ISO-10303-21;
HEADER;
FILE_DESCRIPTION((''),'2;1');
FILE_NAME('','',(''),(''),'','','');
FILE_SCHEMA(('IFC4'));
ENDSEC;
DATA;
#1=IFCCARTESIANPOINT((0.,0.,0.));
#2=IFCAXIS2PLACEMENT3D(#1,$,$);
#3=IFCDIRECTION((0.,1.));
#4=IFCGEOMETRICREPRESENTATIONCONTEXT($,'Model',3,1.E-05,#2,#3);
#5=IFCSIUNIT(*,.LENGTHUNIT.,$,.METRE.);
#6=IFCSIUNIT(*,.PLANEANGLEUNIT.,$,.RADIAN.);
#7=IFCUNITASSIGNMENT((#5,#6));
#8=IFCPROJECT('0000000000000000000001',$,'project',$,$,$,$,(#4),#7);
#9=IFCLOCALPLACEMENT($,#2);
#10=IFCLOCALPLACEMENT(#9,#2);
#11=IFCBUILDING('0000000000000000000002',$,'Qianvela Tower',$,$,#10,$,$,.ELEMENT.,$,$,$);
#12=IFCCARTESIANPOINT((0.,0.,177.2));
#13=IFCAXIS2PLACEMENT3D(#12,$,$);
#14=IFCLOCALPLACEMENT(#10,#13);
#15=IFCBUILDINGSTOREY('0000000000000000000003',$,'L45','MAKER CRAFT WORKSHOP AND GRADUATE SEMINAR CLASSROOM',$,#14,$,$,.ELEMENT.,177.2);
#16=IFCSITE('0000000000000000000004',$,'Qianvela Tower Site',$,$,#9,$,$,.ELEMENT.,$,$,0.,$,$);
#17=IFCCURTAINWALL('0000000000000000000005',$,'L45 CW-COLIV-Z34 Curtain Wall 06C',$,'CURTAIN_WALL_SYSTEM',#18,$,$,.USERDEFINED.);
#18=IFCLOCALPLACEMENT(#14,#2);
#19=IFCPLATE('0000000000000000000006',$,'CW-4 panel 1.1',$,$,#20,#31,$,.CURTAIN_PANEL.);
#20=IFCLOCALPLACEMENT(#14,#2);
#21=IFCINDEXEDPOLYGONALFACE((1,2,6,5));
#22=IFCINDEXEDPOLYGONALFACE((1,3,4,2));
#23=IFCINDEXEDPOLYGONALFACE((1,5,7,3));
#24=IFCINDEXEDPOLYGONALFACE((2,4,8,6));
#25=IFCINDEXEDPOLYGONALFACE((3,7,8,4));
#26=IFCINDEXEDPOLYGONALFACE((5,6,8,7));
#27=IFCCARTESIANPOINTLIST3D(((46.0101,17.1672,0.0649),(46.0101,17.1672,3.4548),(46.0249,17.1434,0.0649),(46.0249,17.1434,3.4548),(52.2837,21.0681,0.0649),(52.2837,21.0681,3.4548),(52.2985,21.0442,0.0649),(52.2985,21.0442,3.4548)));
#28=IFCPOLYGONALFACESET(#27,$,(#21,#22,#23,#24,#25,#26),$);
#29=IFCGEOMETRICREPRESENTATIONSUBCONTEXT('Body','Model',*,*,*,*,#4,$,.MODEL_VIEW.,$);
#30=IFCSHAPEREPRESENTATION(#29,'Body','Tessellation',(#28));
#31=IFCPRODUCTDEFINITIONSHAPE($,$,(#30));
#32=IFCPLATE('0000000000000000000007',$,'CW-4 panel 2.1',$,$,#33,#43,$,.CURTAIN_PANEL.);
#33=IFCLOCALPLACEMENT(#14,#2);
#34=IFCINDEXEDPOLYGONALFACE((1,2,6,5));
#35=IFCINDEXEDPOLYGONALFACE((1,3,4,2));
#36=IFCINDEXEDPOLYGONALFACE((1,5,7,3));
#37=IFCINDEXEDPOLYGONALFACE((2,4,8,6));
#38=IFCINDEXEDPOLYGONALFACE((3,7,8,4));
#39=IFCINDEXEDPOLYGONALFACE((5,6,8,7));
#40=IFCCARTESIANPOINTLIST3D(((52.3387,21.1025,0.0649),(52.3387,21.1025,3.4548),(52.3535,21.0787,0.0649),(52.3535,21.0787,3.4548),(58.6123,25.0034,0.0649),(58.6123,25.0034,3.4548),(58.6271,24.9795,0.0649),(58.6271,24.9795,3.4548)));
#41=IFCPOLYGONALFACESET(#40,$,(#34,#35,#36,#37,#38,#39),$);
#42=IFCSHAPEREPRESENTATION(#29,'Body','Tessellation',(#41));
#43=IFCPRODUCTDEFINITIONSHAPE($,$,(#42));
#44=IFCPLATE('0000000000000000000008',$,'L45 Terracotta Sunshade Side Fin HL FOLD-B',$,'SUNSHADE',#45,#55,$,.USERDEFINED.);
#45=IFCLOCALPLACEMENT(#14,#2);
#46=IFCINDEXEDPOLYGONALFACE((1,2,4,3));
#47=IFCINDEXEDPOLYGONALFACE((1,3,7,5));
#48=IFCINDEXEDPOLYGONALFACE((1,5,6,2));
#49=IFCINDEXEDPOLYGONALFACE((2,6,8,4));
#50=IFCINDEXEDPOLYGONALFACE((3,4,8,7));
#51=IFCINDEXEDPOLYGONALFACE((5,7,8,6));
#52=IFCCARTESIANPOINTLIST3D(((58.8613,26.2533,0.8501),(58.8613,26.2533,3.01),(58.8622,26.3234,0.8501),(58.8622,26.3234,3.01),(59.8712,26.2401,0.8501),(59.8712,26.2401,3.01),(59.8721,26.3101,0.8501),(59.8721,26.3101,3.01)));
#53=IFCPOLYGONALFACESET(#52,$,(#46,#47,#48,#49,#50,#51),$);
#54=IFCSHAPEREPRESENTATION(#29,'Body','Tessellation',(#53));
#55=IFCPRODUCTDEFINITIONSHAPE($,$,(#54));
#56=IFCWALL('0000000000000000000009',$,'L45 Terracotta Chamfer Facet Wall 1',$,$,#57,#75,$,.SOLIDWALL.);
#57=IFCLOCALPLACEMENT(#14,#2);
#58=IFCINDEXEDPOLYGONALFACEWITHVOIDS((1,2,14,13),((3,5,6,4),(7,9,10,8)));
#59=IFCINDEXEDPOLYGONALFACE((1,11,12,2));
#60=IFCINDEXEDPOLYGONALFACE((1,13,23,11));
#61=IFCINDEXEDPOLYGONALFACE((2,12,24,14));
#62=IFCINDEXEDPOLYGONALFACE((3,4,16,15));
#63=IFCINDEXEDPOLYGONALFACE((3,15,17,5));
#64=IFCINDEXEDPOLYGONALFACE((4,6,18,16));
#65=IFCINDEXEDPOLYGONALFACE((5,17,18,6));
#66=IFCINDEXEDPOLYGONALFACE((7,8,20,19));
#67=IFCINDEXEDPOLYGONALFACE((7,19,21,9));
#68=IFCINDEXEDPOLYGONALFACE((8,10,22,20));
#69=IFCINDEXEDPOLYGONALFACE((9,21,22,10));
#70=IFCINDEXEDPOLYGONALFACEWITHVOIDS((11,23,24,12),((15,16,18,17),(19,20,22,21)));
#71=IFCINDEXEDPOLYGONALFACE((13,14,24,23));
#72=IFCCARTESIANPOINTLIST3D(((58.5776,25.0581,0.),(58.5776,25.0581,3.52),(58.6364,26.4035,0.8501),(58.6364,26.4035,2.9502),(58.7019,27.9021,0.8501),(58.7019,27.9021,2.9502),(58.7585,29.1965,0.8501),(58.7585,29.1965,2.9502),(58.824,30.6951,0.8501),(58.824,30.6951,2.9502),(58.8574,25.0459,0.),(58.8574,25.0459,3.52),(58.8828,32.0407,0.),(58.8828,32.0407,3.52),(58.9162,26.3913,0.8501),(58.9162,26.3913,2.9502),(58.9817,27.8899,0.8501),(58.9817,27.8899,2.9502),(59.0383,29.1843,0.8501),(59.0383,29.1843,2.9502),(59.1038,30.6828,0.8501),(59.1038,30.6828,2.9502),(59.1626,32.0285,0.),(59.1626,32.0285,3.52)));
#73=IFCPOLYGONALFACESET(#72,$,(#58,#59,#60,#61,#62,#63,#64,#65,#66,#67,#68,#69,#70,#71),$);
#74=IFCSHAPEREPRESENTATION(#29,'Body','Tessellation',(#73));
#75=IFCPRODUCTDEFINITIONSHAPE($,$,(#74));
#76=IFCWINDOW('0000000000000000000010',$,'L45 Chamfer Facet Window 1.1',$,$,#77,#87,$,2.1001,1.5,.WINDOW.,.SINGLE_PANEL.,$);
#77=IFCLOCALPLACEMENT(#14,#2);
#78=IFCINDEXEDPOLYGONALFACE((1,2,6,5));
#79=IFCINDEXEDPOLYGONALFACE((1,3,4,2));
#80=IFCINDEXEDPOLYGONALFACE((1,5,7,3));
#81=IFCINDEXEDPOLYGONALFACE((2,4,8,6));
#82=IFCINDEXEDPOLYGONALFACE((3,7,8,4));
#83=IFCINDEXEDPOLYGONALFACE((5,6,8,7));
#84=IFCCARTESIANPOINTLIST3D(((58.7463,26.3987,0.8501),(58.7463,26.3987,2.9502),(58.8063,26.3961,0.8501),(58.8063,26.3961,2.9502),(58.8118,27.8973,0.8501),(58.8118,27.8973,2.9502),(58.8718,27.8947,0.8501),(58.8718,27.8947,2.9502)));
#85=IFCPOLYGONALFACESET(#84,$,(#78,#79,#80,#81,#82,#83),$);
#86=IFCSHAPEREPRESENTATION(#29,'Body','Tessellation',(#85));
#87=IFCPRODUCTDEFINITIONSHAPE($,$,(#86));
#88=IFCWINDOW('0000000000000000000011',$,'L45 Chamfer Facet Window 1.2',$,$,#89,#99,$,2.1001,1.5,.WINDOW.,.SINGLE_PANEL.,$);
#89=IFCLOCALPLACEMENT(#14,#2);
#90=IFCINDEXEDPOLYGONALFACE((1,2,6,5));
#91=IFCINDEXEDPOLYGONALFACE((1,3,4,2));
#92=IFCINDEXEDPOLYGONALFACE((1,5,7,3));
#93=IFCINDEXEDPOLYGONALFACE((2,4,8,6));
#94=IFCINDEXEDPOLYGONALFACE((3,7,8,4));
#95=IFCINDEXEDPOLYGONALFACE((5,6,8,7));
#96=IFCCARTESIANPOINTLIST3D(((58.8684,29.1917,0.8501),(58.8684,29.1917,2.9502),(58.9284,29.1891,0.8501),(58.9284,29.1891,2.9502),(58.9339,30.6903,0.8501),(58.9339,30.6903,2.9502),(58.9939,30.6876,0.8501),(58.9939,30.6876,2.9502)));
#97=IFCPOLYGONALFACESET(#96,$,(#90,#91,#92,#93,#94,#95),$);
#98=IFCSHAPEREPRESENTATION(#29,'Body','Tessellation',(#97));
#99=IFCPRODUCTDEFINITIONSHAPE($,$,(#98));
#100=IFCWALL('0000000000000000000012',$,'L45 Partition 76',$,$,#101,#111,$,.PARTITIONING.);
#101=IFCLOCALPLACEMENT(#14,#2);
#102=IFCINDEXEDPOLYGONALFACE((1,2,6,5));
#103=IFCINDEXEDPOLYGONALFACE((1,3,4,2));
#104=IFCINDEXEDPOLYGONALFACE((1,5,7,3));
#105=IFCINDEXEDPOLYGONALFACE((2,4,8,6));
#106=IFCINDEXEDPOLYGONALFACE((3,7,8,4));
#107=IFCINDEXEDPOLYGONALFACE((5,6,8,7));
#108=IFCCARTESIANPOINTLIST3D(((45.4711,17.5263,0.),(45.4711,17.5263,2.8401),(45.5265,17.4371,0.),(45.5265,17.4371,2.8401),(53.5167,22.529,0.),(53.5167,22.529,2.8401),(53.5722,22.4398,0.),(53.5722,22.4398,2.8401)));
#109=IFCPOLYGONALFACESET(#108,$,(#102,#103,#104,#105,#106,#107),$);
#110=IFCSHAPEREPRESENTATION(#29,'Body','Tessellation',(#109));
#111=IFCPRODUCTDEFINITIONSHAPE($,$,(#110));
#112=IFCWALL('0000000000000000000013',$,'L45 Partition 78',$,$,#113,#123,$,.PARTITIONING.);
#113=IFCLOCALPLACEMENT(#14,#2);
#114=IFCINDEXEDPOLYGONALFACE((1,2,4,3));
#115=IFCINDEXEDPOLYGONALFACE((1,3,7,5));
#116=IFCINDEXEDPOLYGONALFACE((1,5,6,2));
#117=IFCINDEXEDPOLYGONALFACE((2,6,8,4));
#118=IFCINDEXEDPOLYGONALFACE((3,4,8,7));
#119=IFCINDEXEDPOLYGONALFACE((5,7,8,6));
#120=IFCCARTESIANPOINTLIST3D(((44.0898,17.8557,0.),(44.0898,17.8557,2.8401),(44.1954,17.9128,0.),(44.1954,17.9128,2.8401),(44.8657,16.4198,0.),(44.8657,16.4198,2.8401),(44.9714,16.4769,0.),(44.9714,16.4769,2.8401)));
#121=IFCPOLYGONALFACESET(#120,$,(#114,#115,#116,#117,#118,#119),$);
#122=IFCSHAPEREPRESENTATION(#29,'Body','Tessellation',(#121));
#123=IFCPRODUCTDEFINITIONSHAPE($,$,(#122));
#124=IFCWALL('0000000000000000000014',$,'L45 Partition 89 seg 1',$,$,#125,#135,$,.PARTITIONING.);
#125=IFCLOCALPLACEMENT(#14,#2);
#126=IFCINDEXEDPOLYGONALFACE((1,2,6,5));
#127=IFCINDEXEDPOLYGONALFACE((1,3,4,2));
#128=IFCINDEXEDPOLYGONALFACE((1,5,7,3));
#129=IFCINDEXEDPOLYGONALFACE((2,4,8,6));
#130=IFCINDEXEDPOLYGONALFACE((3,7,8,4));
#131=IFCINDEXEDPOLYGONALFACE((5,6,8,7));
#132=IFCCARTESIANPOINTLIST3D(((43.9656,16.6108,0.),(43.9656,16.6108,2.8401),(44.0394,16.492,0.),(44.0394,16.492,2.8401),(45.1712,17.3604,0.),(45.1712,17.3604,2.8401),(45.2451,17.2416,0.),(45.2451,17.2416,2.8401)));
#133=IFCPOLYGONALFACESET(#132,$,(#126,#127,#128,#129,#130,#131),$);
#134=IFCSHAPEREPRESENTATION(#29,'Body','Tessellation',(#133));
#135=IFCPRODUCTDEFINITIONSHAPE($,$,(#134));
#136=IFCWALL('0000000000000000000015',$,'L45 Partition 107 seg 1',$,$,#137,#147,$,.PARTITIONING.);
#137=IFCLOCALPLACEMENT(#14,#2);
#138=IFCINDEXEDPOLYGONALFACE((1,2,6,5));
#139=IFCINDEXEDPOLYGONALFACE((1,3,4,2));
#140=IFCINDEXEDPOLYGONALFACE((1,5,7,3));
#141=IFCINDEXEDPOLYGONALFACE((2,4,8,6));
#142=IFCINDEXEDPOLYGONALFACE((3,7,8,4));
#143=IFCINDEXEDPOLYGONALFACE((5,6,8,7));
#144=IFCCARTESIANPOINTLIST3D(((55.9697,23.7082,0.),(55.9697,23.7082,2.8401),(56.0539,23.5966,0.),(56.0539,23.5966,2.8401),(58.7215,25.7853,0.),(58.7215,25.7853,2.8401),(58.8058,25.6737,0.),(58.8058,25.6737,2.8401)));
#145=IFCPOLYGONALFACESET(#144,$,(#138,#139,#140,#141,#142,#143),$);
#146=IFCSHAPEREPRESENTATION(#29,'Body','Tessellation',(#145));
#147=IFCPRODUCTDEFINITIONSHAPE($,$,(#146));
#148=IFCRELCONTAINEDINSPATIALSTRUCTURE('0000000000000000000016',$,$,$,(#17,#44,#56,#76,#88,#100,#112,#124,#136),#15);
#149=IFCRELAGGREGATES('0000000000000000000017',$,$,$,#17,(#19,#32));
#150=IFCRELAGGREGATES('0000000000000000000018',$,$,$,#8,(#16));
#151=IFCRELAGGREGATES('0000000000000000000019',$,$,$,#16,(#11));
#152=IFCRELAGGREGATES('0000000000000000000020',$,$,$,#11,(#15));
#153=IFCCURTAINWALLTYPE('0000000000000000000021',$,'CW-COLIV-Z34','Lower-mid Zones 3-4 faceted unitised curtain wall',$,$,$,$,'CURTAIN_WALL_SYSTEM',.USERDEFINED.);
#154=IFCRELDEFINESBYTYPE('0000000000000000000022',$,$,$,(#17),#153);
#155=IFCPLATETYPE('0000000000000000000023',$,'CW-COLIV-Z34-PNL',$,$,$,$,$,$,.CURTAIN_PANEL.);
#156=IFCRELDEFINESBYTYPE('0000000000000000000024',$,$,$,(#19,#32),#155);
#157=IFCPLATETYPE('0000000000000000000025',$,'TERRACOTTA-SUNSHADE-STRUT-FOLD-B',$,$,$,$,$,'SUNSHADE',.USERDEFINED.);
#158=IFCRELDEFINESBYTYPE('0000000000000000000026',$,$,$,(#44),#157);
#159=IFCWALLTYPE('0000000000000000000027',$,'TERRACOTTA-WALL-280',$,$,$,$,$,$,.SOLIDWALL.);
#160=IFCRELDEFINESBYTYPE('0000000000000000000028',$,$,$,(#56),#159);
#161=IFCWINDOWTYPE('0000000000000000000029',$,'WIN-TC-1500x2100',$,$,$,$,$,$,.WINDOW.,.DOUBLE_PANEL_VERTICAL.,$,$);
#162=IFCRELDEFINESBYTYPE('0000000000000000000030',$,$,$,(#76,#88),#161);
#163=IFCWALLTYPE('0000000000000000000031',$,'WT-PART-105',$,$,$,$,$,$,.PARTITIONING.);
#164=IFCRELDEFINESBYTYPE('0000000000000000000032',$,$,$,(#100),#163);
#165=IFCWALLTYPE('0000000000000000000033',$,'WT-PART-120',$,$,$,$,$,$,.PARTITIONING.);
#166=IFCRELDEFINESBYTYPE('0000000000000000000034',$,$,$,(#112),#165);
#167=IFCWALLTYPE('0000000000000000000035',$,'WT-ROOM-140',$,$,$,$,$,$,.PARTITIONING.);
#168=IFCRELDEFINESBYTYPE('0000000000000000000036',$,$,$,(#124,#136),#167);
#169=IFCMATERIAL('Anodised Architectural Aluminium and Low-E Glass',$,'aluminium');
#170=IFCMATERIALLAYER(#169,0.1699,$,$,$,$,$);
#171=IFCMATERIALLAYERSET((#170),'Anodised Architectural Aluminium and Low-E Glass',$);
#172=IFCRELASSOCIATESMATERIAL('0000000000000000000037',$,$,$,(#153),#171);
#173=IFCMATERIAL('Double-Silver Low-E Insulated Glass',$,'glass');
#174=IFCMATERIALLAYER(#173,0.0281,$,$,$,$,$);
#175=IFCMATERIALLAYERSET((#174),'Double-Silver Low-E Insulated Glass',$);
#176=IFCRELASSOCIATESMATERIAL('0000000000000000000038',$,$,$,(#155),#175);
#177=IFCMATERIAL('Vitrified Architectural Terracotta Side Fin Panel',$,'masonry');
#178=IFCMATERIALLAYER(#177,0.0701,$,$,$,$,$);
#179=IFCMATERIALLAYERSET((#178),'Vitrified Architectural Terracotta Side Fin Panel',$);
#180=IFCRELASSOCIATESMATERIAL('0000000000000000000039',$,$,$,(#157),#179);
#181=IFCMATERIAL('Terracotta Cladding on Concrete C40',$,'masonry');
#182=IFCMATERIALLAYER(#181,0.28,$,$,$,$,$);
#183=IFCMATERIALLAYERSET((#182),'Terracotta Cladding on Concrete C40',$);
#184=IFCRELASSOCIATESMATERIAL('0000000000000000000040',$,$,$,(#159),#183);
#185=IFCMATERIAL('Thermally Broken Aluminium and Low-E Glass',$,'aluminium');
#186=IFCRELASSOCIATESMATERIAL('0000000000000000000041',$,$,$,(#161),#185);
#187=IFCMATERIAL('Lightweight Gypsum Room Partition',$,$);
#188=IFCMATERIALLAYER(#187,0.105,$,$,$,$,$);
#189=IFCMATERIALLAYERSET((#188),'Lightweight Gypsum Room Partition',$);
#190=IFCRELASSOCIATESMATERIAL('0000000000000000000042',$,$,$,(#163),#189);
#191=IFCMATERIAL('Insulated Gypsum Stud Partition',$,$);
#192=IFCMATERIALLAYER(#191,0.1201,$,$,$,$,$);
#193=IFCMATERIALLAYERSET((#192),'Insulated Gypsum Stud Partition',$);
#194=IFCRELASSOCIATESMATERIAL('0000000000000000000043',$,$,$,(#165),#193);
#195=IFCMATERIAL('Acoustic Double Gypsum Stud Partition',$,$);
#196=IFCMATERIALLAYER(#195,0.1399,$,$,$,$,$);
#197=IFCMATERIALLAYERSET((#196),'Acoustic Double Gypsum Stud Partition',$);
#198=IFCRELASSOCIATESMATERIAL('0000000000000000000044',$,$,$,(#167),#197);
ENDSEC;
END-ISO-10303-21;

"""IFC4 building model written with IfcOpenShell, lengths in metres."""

from ifc_helpers import new_model, si_unit, direction, frame, frame_2d, origin, origin_2d, place, context, subcontext, project, spatial, rectangle, extrude, material, layer, layer_set, type_object, element, fill, aggregate, save


model = new_model("IFC4")

# Units and contexts
model_context = context("Model", 3, precision=1e-05, world=origin(), true_north=direction((0.0, 1.0)))
body_context = subcontext(model_context, "Body", "Model", "MODEL_VIEW")
ifc_project = project(units=[si_unit("LENGTHUNIT", "METRE"), si_unit("PLANEANGLEUNIT", "RADIAN")], contexts=[model_context])

# Site, building, storey
site_placement = place(None, origin())
site = spatial("IfcSite", under=ifc_project, at=site_placement, Name="Qianvela Tower Site", CompositionType="ELEMENT", RefElevation=0.0)
building_placement = place(site_placement, origin())
building = spatial("IfcBuilding", under=site, at=building_placement, Name="Qianvela Tower", CompositionType="ELEMENT")
storey_placement = place(building_placement, frame((0.0, 0.0, 177.2)))
storey = spatial("IfcBuildingStorey", under=building, at=storey_placement, Name="L45", Description="MAKER CRAFT WORKSHOP AND GRADUATE SEMINAR CLASSROOM", CompositionType="ELEMENT", Elevation=177.2)

# Curtain wall
ifc_material_1 = material(Name="Anodised Architectural Aluminium and Low-E Glass", Category="aluminium")
ifc_layer_1 = layer(ifc_material_1, 0.1699)
ifc_layer_set_1 = layer_set([ifc_layer_1], Name="Anodised Architectural Aluminium and Low-E Glass")
curtain_wall_type_1 = type_object("IfcCurtainWallType", Name="CW-COLIV-Z34", Description="Lower-mid Zones 3-4 faceted unitised curtain wall", ElementType="CURTAIN_WALL_SYSTEM", PredefinedType="USERDEFINED", material=ifc_layer_set_1)
curtain_wall_1_placement = place(storey_placement, origin())
curtain_wall_1 = element("IfcCurtainWall", 1, at=curtain_wall_1_placement, inside=storey, type_object=curtain_wall_type_1, Name="L45 CW-COLIV-Z34 Curtain Wall 06C", ObjectType="CURTAIN_WALL_SYSTEM", PredefinedType="USERDEFINED")

# Plates
ifc_material_2 = material(Name="Double-Silver Low-E Insulated Glass", Category="glass")
ifc_layer_2 = layer(ifc_material_2, 0.0281)
ifc_layer_set_2 = layer_set([ifc_layer_2], Name="Double-Silver Low-E Insulated Glass")
plate_type_1 = type_object("IfcPlateType", Name="CW-COLIV-Z34-PNL", PredefinedType="CURTAIN_PANEL", material=ifc_layer_set_2)
plate_1_placement = place(storey_placement, frame((49.1543, 19.1057, 0.0649), z_axis=(0.0, 0.0, 1.0), x_axis=(0.849221, 0.528038, 0.0)))
plate_1 = element("IfcPlate", 2, at=plate_1_placement, type_object=plate_type_1, Name="CW-4 panel 1.1", PredefinedType="CURTAIN_PANEL", context=body_context, shape_type="SweptSolid", body=[
    extrude(rectangle(XDim=7.3875, YDim=0.0281, at=origin_2d()), origin(), (0.0, 0.0, 1.0), 3.3899),
])
plate_2_placement = place(storey_placement, frame((55.4829, 23.041, 0.0649), z_axis=(0.0, 0.0, 1.0), x_axis=(0.849221, 0.528038, 0.0)))
plate_2 = element("IfcPlate", 3, at=plate_2_placement, type_object=plate_type_1, Name="CW-4 panel 2.1", PredefinedType="CURTAIN_PANEL", context=body_context, shape_type="SweptSolid", body=[
    extrude(rectangle(XDim=7.3875, YDim=0.0281, at=origin_2d()), origin(), (0.0, 0.0, 1.0), 3.3899),
])
aggregate(curtain_wall_1, [plate_1, plate_2])
ifc_material_3 = material(Name="Vitrified Architectural Terracotta Side Fin Panel", Category="masonry")
ifc_layer_3 = layer(ifc_material_3, 0.0701)
ifc_layer_set_3 = layer_set([ifc_layer_3], Name="Vitrified Architectural Terracotta Side Fin Panel")
plate_type_2 = type_object("IfcPlateType", Name="TERRACOTTA-SUNSHADE-STRUT-FOLD-B", ElementType="SUNSHADE", PredefinedType="USERDEFINED", material=ifc_layer_set_3)
plate_3_placement = place(storey_placement, frame((59.3667, 26.2817, 0.8501), z_axis=(0.0, 0.0, 1.0), x_axis=(0.013152, 0.999914, 0.0)))
element("IfcPlate", 4, at=plate_3_placement, inside=storey, type_object=plate_type_2, Name="L45 Terracotta Sunshade Side Fin HL FOLD-B", ObjectType="SUNSHADE", PredefinedType="USERDEFINED", context=body_context, shape_type="SweptSolid", body=[
    extrude(rectangle(XDim=0.0701, YDim=1.01, at=origin_2d()), origin(), (0.0, 0.0, 1.0), 2.1599),
])

# Wall, openings, windows
ifc_material_4 = material(Name="Terracotta Cladding on Concrete C40", Category="masonry")
ifc_layer_4 = layer(ifc_material_4, 0.28)
ifc_layer_set_4 = layer_set([ifc_layer_4], Name="Terracotta Cladding on Concrete C40")
wall_type_1 = type_object("IfcWallType", Name="TERRACOTTA-WALL-280", PredefinedType="SOLIDWALL", material=ifc_layer_set_4)
wall_1_placement = place(storey_placement, frame((58.7175, 25.052, 0.0), z_axis=(0.0, 0.0, 1.0), x_axis=(0.043663, 0.999046, 0.0)))
wall_1 = element("IfcWall", 5, at=wall_1_placement, inside=storey, type_object=wall_type_1, Name="L45 Terracotta Chamfer Facet Wall 1", PredefinedType="SOLIDWALL", context=body_context, shape_type="SweptSolid", body=[
    extrude(rectangle(XDim=6.9893, YDim=0.28, at=frame_2d((3.4946, 0.0))), origin(), (0.0, 0.0, 1.0), 3.52),
])
opening_1_placement = place(wall_1_placement, frame((1.3467, 0.0, 0.8501)))
opening_1 = element("IfcOpeningElement", 6, at=opening_1_placement, cuts=wall_1, PredefinedType="OPENING", context=body_context, shape_type="SweptSolid", body=[
    extrude(rectangle(XDim=1.5, YDim=2.1001, at=frame_2d((0.75, 1.05))), frame((0.0, 0.1499, 0.0), z_axis=(0.0, -1.0, 0.0), x_axis=(1.0, 0.0, 0.0)), (0.0, 0.0, 1.0), 0.3),
])
opening_2_placement = place(wall_1_placement, frame((4.1423, 0.0, 0.8501)))
opening_2 = element("IfcOpeningElement", 7, at=opening_2_placement, cuts=wall_1, PredefinedType="OPENING", context=body_context, shape_type="SweptSolid", body=[
    extrude(rectangle(XDim=1.5, YDim=2.1001, at=frame_2d((0.75, 1.05))), frame((0.0, 0.1499, 0.0), z_axis=(0.0, -1.0, 0.0), x_axis=(1.0, 0.0, 0.0)), (0.0, 0.0, 1.0), 0.3),
])
ifc_material_5 = material(Name="Thermally Broken Aluminium and Low-E Glass", Category="aluminium")
window_type = type_object("IfcWindowType", Name="WIN-TC-1500x2100", PartitioningType="DOUBLE_PANEL_VERTICAL", PredefinedType="WINDOW", material=ifc_material_5)
window_1_placement = place(opening_1_placement, origin())
window_1 = element("IfcWindow", 8, at=window_1_placement, inside=storey, type_object=window_type, Name="L45 Chamfer Facet Window 1.1", OverallHeight=2.1001, OverallWidth=1.5, PartitioningType="SINGLE_PANEL", PredefinedType="WINDOW", context=body_context, shape_type="SweptSolid", body=[
    extrude(rectangle(XDim=1.5, YDim=2.1001, at=frame_2d((0.75, 1.05))), frame((0.0, 0.03, 0.0), z_axis=(0.0, -1.0, 0.0), x_axis=(1.0, 0.0, 0.0)), (0.0, 0.0, 1.0), 0.0601),
])
fill(opening_1, window_1)
window_2_placement = place(opening_2_placement, origin())
window_2 = element("IfcWindow", 9, at=window_2_placement, inside=storey, type_object=window_type, Name="L45 Chamfer Facet Window 1.2", OverallHeight=2.1001, OverallWidth=1.5, PartitioningType="SINGLE_PANEL", PredefinedType="WINDOW", context=body_context, shape_type="SweptSolid", body=[
    extrude(rectangle(XDim=1.5, YDim=2.1001, at=frame_2d((0.75, 1.05))), frame((0.0, 0.03, 0.0), z_axis=(0.0, -1.0, 0.0), x_axis=(1.0, 0.0, 0.0)), (0.0, 0.0, 1.0), 0.0601),
])
fill(opening_2, window_2)

# Walls
ifc_material_6 = material(Name="Lightweight Gypsum Room Partition")
ifc_layer_5 = layer(ifc_material_6, 0.105)
ifc_layer_set_5 = layer_set([ifc_layer_5], Name="Lightweight Gypsum Room Partition")
wall_type_2 = type_object("IfcWallType", Name="WT-PART-105", PredefinedType="PARTITIONING", material=ifc_layer_set_5)
wall_2_placement = place(storey_placement, frame((53.5444, 22.4844, 0.0), z_axis=(0.0, 0.0, 1.0), x_axis=(-0.849222, -0.528036, 0.0)))
element("IfcWall", 10, at=wall_2_placement, inside=storey, type_object=wall_type_2, Name="L45 Partition 76", PredefinedType="PARTITIONING", context=body_context, shape_type="SweptSolid", body=[
    extrude(rectangle(XDim=9.4741, YDim=0.105, at=frame_2d((4.7371, 0.0))), origin(), (0.0, 0.0, 1.0), 2.8401),
])
ifc_material_7 = material(Name="Insulated Gypsum Stud Partition")
ifc_layer_6 = layer(ifc_material_7, 0.1201)
ifc_layer_set_6 = layer_set([ifc_layer_6], Name="Insulated Gypsum Stud Partition")
wall_type_3 = type_object("IfcWallType", Name="WT-PART-120", PredefinedType="PARTITIONING", material=ifc_layer_set_6)
wall_3_placement = place(storey_placement, frame((44.9185, 16.4485, 0.0), z_axis=(0.0, 0.0, 1.0), x_axis=(-0.475411, 0.879764, 0.0)))
element("IfcWall", 11, at=wall_3_placement, inside=storey, type_object=wall_type_3, Name="L45 Partition 78", PredefinedType="PARTITIONING", context=body_context, shape_type="SweptSolid", body=[
    extrude(rectangle(XDim=1.6321, YDim=0.1201, at=frame_2d((0.8159, 0.0))), origin(), (0.0, 0.0, 1.0), 2.8401),
])
ifc_material_8 = material(Name="Acoustic Double Gypsum Stud Partition")
ifc_layer_7 = layer(ifc_material_8, 0.1399)
ifc_layer_set_7 = layer_set([ifc_layer_7], Name="Acoustic Double Gypsum Stud Partition")
wall_type_4 = type_object("IfcWallType", Name="WT-ROOM-140", PredefinedType="PARTITIONING", material=ifc_layer_set_7)
wall_4_placement = place(storey_placement, frame((45.2083, 17.301, 0.0), z_axis=(0.0, 0.0, 1.0), x_axis=(-0.849252, -0.527988, 0.0)))
element("IfcWall", 12, at=wall_4_placement, inside=storey, type_object=wall_type_4, Name="L45 Partition 89 seg 1", PredefinedType="PARTITIONING", context=body_context, shape_type="SweptSolid", body=[
    extrude(rectangle(XDim=1.4197, YDim=0.1399, at=frame_2d((0.71, 0.0))), origin(), (0.0, 0.0, 1.0), 2.8401),
])
wall_5_placement = place(storey_placement, frame((58.7637, 25.7295, 0.0), z_axis=(0.0, 0.0, 1.0), x_axis=(-0.798161, -0.602444, 0.0)))
element("IfcWall", 13, at=wall_5_placement, inside=storey, type_object=wall_type_4, Name="L45 Partition 107 seg 1", PredefinedType="PARTITIONING", context=body_context, shape_type="SweptSolid", body=[
    extrude(rectangle(XDim=3.4478, YDim=0.1399, at=frame_2d((1.7239, 0.0))), origin(), (0.0, 0.0, 1.0), 2.8401),
])

save(model, "model.ifc")
